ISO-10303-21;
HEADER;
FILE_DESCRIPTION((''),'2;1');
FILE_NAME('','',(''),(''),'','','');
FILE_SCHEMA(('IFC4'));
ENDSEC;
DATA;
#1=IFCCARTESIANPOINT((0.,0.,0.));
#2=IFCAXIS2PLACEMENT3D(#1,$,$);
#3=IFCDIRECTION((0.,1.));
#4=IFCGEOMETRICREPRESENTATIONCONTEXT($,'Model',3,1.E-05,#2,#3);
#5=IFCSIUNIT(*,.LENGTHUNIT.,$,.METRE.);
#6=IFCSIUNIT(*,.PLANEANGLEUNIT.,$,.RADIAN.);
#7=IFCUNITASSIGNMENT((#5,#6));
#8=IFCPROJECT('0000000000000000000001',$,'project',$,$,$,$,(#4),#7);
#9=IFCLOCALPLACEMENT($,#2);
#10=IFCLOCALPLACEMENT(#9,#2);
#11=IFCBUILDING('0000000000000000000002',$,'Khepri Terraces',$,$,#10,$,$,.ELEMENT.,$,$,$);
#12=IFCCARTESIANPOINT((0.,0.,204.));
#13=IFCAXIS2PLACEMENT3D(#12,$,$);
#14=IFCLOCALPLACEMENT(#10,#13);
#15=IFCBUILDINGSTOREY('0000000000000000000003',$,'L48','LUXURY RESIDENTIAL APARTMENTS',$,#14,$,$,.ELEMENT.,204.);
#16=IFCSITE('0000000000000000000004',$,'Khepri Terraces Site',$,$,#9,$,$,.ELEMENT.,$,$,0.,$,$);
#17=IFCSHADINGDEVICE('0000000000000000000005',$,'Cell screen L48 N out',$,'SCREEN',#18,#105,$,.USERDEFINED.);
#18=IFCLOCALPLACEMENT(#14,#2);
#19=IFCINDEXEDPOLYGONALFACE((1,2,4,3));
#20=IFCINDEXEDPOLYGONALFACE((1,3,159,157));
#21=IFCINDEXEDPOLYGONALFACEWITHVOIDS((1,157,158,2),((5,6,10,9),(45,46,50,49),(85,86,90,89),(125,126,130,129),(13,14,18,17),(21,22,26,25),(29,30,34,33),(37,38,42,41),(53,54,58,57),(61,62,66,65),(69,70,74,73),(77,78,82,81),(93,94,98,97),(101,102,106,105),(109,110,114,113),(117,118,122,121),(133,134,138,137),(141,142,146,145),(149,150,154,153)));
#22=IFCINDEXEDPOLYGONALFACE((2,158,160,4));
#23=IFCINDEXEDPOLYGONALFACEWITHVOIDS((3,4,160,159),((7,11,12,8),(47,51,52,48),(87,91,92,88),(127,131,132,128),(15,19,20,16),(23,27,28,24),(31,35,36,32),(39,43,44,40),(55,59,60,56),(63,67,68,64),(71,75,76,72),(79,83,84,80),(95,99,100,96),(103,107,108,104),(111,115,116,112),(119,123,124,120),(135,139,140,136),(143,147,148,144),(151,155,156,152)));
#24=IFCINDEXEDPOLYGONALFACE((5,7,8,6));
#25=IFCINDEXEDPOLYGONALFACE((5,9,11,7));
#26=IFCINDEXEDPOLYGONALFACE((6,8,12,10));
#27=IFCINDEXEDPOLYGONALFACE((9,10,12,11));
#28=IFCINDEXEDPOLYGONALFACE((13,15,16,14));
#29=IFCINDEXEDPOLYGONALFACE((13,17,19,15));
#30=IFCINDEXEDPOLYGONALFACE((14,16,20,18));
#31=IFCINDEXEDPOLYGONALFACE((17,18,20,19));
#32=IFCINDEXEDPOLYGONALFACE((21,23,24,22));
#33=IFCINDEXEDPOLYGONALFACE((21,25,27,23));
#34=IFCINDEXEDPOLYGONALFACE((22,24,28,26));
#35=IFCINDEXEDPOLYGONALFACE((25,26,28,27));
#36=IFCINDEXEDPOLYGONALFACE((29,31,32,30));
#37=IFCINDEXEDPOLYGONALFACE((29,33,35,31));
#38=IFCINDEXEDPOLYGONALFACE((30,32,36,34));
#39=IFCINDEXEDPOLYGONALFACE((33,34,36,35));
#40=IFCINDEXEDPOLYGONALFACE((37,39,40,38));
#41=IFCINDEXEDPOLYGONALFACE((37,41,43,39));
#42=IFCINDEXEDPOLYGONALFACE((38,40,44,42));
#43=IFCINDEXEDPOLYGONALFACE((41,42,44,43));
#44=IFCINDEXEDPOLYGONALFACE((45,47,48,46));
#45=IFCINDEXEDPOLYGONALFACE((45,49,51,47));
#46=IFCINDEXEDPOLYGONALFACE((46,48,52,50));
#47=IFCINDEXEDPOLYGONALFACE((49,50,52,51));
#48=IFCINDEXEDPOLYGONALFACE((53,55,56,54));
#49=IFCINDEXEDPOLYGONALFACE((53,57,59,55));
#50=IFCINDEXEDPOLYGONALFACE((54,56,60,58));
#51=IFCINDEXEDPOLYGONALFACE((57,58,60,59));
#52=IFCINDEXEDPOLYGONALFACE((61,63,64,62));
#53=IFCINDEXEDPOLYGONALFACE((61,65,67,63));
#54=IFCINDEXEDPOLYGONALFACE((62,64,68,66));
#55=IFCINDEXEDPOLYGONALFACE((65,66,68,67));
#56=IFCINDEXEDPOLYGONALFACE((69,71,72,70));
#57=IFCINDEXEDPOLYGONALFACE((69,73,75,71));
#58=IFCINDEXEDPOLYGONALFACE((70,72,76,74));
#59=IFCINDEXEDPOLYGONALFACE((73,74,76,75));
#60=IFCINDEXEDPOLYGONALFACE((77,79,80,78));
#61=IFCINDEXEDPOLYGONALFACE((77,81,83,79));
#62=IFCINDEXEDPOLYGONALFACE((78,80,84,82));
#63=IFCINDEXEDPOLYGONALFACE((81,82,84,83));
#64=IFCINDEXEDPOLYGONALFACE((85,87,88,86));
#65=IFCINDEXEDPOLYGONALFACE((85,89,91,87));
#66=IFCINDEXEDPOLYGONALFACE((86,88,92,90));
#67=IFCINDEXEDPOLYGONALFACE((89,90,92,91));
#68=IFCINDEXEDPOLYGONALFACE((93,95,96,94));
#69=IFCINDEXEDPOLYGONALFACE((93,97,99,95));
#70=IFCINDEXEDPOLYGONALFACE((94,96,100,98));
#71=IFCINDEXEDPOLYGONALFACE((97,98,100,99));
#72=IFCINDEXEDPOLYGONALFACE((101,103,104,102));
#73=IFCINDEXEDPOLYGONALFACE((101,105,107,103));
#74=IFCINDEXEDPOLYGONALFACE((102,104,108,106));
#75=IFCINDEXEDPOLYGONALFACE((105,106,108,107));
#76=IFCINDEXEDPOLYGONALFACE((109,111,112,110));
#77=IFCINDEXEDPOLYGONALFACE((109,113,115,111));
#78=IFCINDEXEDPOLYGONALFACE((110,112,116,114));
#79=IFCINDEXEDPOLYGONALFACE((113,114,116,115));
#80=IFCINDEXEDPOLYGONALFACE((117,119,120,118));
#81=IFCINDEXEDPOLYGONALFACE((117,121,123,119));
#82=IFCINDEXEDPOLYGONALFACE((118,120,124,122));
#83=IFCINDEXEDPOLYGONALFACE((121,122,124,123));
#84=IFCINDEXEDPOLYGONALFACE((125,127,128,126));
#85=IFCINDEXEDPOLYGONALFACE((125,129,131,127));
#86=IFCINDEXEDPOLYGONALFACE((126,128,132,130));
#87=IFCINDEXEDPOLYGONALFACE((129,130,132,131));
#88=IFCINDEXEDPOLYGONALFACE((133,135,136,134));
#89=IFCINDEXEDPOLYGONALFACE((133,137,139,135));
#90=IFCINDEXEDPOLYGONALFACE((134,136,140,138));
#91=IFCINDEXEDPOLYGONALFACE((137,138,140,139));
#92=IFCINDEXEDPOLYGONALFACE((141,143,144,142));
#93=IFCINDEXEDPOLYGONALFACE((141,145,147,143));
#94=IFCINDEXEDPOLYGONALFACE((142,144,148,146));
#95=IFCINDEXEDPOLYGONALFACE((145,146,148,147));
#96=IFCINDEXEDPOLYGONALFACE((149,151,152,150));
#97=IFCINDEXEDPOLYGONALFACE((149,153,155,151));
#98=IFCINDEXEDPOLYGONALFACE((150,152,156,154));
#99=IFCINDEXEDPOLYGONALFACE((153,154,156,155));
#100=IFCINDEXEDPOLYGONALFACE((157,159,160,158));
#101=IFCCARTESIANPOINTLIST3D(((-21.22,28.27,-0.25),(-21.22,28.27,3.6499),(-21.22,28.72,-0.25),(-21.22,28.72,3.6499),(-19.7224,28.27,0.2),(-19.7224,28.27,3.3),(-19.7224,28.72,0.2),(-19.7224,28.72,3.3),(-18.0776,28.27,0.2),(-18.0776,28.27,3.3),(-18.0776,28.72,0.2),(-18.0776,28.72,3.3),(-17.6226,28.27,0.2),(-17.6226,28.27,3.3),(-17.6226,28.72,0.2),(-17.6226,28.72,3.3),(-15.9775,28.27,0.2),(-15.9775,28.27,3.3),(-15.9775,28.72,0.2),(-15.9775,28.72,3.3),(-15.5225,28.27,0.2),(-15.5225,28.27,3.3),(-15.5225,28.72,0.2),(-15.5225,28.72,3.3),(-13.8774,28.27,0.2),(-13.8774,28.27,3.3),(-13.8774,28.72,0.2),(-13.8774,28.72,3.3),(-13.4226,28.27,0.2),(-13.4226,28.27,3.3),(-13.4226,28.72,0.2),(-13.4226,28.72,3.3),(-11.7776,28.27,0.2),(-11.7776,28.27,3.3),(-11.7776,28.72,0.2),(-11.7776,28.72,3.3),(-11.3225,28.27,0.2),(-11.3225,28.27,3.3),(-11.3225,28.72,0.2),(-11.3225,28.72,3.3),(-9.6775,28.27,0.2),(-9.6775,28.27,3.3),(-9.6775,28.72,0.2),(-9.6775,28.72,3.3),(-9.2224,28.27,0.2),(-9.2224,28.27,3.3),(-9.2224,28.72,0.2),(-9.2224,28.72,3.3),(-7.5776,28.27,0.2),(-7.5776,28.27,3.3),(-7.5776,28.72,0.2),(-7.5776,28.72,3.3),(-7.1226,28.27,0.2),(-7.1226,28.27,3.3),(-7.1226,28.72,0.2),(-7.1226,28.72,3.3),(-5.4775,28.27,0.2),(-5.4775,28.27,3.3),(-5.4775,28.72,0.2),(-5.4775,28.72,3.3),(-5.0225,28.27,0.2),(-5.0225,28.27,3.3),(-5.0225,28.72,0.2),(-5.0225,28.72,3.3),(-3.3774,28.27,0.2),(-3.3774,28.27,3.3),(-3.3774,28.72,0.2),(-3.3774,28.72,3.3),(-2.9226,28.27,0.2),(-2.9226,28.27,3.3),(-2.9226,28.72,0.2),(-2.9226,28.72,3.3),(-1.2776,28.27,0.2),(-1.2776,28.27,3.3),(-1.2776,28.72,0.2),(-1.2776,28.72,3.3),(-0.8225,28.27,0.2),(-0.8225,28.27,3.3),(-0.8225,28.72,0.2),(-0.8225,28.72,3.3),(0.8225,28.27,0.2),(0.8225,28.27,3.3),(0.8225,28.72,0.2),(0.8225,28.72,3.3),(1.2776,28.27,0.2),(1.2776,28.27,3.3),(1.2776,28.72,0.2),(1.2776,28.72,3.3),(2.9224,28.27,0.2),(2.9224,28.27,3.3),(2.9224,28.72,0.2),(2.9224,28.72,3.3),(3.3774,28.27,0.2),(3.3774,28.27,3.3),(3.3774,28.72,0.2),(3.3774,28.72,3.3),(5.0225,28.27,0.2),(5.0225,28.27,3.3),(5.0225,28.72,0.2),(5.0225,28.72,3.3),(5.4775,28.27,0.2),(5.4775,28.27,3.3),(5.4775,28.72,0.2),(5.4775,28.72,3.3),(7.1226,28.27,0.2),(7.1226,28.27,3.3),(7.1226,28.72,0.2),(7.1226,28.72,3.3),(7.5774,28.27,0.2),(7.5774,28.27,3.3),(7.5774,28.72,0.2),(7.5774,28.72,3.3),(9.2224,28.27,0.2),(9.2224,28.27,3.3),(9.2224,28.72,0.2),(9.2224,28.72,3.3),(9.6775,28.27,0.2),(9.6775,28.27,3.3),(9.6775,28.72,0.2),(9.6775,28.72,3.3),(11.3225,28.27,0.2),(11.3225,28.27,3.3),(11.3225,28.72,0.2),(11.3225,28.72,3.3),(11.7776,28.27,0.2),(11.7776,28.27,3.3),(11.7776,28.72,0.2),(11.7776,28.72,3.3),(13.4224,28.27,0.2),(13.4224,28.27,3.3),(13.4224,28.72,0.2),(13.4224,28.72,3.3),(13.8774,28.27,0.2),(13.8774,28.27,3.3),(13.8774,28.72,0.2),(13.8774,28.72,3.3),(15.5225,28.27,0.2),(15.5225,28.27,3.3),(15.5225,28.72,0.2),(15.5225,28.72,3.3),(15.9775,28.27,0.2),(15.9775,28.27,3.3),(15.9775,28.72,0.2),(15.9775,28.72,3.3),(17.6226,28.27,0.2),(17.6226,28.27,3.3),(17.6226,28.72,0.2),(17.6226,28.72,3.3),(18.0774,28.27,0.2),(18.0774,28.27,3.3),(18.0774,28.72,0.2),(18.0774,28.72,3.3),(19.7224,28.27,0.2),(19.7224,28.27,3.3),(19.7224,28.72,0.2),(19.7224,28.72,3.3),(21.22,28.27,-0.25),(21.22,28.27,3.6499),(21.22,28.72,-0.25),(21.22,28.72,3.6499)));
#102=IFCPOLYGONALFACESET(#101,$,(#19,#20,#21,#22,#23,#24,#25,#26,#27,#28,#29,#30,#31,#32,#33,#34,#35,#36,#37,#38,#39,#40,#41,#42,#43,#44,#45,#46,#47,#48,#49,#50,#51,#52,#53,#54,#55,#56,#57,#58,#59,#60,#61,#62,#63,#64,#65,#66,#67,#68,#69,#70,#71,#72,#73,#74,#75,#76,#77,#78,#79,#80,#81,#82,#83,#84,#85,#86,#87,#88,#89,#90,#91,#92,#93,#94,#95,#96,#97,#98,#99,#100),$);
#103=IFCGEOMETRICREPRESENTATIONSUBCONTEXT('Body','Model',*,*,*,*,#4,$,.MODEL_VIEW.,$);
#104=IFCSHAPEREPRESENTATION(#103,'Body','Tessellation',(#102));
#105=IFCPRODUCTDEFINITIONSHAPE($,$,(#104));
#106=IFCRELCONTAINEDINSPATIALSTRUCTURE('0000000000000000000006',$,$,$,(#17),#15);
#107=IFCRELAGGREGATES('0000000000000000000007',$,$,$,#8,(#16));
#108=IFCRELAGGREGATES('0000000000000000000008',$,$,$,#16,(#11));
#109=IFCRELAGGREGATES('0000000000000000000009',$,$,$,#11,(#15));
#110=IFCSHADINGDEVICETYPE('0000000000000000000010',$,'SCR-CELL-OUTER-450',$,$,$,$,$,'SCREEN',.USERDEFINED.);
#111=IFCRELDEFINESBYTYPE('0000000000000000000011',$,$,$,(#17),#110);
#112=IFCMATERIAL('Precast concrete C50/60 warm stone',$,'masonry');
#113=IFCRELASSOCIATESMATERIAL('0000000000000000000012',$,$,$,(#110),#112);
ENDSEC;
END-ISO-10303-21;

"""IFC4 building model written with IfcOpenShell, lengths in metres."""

from ifc_helpers import new_model, si_unit, direction, frame, origin, place, context, subcontext, project, spatial, polyline, outline, extrude, material, type_object, element, save


model = new_model("IFC4")

# Units and contexts
model_context = context("Model", 3, precision=1e-05, world=origin(), true_north=direction((0.0, 1.0)))
body_context = subcontext(model_context, "Body", "Model", "MODEL_VIEW")
ifc_project = project(units=[si_unit("LENGTHUNIT", "METRE"), si_unit("PLANEANGLEUNIT", "RADIAN")], contexts=[model_context])

# Site, building, storey
site_placement = place(None, origin())
site = spatial("IfcSite", under=ifc_project, at=site_placement, Name="Khepri Terraces Site", CompositionType="ELEMENT", RefElevation=0.0)
building_placement = place(site_placement, origin())
building = spatial("IfcBuilding", under=site, at=building_placement, Name="Khepri Terraces", CompositionType="ELEMENT")
storey_placement = place(building_placement, frame((0.0, 0.0, 204.0)))
storey = spatial("IfcBuildingStorey", under=building, at=storey_placement, Name="L48", Description="LUXURY RESIDENTIAL APARTMENTS", CompositionType="ELEMENT", Elevation=204.0)

# Shared definitions
ifc_material_1 = material(Name="Precast concrete C50/60 warm stone", Category="masonry")

# Shading device
shading_device_type_1 = type_object("IfcShadingDeviceType", Name="SCR-CELL-OUTER-450", ElementType="SCREEN", PredefinedType="USERDEFINED", material=ifc_material_1)
shading_device_1_placement = place(storey_placement, frame((21.22, 28.27, -0.25), z_axis=(0.0, 1.0, 0.0), x_axis=(-1.0, 0.0, 0.0)))
element("IfcShadingDevice", 1, at=shading_device_1_placement, inside=storey, type_object=shading_device_type_1, Name="Cell screen L48 N out", ObjectType="SCREEN", PredefinedType="USERDEFINED", context=body_context, shape_type="SweptSolid", body=[
    extrude(outline(polyline([(0.0, 0.0), (42.4399, 0.0), (42.4399, 3.8999), (0.0, 3.8999), (0.0, 0.0)]), holes=[polyline([(1.4976, 0.45), (3.1426, 0.45), (3.1426, 3.55), (1.4976, 3.55), (1.4976, 0.45)]), polyline([(3.5974, 0.45), (5.2424, 0.45), (5.2424, 3.55), (3.5974, 3.55), (3.5974, 0.45)]), polyline([(5.6975, 0.45), (7.3425, 0.45), (7.3425, 3.55), (5.6975, 3.55), (5.6975, 0.45)]), polyline([(7.7976, 0.45), (9.4424, 0.45), (9.4424, 3.55), (7.7976, 3.55), (7.7976, 0.45)]), polyline([(9.8975, 0.45), (11.5425, 0.45), (11.5425, 3.55), (9.8975, 3.55), (9.8975, 0.45)]), polyline([(11.9976, 0.45), (13.6426, 0.45), (13.6426, 3.55), (11.9976, 3.55), (11.9976, 0.45)]), polyline([(14.0974, 0.45), (15.7424, 0.45), (15.7424, 3.55), (14.0974, 3.55), (14.0974, 0.45)]), polyline([(16.1975, 0.45), (17.8425, 0.45), (17.8425, 3.55), (16.1975, 3.55), (16.1975, 0.45)]), polyline([(18.2976, 0.45), (19.9424, 0.45), (19.9424, 3.55), (18.2976, 3.55), (18.2976, 0.45)]), polyline([(20.3975, 0.45), (22.0425, 0.45), (22.0425, 3.55), (20.3975, 3.55), (20.3975, 0.45)]), polyline([(22.4976, 0.45), (24.1426, 0.45), (24.1426, 3.55), (22.4976, 3.55), (22.4976, 0.45)]), polyline([(24.5974, 0.45), (26.2424, 0.45), (26.2424, 3.55), (24.5974, 3.55), (24.5974, 0.45)]), polyline([(26.6975, 0.45), (28.3425, 0.45), (28.3425, 3.55), (26.6975, 3.55), (26.6975, 0.45)]), polyline([(28.7976, 0.45), (30.4424, 0.45), (30.4424, 3.55), (28.7976, 3.55), (28.7976, 0.45)]), polyline([(30.8975, 0.45), (32.5425, 0.45), (32.5425, 3.55), (30.8975, 3.55), (30.8975, 0.45)]), polyline([(32.9976, 0.45), (34.6426, 0.45), (34.6426, 3.55), (32.9976, 3.55), (32.9976, 0.45)]), polyline([(35.0974, 0.45), (36.7424, 0.45), (36.7424, 3.55), (35.0974, 3.55), (35.0974, 0.45)]), polyline([(37.1975, 0.45), (38.8425, 0.45), (38.8425, 3.55), (37.1975, 3.55), (37.1975, 0.45)]), polyline([(39.2976, 0.45), (40.9424, 0.45), (40.9424, 3.55), (39.2976, 3.55), (39.2976, 0.45)])]), origin(), (0.0, 0.0, 1.0), 0.45),
])

save(model, "model.ifc")
